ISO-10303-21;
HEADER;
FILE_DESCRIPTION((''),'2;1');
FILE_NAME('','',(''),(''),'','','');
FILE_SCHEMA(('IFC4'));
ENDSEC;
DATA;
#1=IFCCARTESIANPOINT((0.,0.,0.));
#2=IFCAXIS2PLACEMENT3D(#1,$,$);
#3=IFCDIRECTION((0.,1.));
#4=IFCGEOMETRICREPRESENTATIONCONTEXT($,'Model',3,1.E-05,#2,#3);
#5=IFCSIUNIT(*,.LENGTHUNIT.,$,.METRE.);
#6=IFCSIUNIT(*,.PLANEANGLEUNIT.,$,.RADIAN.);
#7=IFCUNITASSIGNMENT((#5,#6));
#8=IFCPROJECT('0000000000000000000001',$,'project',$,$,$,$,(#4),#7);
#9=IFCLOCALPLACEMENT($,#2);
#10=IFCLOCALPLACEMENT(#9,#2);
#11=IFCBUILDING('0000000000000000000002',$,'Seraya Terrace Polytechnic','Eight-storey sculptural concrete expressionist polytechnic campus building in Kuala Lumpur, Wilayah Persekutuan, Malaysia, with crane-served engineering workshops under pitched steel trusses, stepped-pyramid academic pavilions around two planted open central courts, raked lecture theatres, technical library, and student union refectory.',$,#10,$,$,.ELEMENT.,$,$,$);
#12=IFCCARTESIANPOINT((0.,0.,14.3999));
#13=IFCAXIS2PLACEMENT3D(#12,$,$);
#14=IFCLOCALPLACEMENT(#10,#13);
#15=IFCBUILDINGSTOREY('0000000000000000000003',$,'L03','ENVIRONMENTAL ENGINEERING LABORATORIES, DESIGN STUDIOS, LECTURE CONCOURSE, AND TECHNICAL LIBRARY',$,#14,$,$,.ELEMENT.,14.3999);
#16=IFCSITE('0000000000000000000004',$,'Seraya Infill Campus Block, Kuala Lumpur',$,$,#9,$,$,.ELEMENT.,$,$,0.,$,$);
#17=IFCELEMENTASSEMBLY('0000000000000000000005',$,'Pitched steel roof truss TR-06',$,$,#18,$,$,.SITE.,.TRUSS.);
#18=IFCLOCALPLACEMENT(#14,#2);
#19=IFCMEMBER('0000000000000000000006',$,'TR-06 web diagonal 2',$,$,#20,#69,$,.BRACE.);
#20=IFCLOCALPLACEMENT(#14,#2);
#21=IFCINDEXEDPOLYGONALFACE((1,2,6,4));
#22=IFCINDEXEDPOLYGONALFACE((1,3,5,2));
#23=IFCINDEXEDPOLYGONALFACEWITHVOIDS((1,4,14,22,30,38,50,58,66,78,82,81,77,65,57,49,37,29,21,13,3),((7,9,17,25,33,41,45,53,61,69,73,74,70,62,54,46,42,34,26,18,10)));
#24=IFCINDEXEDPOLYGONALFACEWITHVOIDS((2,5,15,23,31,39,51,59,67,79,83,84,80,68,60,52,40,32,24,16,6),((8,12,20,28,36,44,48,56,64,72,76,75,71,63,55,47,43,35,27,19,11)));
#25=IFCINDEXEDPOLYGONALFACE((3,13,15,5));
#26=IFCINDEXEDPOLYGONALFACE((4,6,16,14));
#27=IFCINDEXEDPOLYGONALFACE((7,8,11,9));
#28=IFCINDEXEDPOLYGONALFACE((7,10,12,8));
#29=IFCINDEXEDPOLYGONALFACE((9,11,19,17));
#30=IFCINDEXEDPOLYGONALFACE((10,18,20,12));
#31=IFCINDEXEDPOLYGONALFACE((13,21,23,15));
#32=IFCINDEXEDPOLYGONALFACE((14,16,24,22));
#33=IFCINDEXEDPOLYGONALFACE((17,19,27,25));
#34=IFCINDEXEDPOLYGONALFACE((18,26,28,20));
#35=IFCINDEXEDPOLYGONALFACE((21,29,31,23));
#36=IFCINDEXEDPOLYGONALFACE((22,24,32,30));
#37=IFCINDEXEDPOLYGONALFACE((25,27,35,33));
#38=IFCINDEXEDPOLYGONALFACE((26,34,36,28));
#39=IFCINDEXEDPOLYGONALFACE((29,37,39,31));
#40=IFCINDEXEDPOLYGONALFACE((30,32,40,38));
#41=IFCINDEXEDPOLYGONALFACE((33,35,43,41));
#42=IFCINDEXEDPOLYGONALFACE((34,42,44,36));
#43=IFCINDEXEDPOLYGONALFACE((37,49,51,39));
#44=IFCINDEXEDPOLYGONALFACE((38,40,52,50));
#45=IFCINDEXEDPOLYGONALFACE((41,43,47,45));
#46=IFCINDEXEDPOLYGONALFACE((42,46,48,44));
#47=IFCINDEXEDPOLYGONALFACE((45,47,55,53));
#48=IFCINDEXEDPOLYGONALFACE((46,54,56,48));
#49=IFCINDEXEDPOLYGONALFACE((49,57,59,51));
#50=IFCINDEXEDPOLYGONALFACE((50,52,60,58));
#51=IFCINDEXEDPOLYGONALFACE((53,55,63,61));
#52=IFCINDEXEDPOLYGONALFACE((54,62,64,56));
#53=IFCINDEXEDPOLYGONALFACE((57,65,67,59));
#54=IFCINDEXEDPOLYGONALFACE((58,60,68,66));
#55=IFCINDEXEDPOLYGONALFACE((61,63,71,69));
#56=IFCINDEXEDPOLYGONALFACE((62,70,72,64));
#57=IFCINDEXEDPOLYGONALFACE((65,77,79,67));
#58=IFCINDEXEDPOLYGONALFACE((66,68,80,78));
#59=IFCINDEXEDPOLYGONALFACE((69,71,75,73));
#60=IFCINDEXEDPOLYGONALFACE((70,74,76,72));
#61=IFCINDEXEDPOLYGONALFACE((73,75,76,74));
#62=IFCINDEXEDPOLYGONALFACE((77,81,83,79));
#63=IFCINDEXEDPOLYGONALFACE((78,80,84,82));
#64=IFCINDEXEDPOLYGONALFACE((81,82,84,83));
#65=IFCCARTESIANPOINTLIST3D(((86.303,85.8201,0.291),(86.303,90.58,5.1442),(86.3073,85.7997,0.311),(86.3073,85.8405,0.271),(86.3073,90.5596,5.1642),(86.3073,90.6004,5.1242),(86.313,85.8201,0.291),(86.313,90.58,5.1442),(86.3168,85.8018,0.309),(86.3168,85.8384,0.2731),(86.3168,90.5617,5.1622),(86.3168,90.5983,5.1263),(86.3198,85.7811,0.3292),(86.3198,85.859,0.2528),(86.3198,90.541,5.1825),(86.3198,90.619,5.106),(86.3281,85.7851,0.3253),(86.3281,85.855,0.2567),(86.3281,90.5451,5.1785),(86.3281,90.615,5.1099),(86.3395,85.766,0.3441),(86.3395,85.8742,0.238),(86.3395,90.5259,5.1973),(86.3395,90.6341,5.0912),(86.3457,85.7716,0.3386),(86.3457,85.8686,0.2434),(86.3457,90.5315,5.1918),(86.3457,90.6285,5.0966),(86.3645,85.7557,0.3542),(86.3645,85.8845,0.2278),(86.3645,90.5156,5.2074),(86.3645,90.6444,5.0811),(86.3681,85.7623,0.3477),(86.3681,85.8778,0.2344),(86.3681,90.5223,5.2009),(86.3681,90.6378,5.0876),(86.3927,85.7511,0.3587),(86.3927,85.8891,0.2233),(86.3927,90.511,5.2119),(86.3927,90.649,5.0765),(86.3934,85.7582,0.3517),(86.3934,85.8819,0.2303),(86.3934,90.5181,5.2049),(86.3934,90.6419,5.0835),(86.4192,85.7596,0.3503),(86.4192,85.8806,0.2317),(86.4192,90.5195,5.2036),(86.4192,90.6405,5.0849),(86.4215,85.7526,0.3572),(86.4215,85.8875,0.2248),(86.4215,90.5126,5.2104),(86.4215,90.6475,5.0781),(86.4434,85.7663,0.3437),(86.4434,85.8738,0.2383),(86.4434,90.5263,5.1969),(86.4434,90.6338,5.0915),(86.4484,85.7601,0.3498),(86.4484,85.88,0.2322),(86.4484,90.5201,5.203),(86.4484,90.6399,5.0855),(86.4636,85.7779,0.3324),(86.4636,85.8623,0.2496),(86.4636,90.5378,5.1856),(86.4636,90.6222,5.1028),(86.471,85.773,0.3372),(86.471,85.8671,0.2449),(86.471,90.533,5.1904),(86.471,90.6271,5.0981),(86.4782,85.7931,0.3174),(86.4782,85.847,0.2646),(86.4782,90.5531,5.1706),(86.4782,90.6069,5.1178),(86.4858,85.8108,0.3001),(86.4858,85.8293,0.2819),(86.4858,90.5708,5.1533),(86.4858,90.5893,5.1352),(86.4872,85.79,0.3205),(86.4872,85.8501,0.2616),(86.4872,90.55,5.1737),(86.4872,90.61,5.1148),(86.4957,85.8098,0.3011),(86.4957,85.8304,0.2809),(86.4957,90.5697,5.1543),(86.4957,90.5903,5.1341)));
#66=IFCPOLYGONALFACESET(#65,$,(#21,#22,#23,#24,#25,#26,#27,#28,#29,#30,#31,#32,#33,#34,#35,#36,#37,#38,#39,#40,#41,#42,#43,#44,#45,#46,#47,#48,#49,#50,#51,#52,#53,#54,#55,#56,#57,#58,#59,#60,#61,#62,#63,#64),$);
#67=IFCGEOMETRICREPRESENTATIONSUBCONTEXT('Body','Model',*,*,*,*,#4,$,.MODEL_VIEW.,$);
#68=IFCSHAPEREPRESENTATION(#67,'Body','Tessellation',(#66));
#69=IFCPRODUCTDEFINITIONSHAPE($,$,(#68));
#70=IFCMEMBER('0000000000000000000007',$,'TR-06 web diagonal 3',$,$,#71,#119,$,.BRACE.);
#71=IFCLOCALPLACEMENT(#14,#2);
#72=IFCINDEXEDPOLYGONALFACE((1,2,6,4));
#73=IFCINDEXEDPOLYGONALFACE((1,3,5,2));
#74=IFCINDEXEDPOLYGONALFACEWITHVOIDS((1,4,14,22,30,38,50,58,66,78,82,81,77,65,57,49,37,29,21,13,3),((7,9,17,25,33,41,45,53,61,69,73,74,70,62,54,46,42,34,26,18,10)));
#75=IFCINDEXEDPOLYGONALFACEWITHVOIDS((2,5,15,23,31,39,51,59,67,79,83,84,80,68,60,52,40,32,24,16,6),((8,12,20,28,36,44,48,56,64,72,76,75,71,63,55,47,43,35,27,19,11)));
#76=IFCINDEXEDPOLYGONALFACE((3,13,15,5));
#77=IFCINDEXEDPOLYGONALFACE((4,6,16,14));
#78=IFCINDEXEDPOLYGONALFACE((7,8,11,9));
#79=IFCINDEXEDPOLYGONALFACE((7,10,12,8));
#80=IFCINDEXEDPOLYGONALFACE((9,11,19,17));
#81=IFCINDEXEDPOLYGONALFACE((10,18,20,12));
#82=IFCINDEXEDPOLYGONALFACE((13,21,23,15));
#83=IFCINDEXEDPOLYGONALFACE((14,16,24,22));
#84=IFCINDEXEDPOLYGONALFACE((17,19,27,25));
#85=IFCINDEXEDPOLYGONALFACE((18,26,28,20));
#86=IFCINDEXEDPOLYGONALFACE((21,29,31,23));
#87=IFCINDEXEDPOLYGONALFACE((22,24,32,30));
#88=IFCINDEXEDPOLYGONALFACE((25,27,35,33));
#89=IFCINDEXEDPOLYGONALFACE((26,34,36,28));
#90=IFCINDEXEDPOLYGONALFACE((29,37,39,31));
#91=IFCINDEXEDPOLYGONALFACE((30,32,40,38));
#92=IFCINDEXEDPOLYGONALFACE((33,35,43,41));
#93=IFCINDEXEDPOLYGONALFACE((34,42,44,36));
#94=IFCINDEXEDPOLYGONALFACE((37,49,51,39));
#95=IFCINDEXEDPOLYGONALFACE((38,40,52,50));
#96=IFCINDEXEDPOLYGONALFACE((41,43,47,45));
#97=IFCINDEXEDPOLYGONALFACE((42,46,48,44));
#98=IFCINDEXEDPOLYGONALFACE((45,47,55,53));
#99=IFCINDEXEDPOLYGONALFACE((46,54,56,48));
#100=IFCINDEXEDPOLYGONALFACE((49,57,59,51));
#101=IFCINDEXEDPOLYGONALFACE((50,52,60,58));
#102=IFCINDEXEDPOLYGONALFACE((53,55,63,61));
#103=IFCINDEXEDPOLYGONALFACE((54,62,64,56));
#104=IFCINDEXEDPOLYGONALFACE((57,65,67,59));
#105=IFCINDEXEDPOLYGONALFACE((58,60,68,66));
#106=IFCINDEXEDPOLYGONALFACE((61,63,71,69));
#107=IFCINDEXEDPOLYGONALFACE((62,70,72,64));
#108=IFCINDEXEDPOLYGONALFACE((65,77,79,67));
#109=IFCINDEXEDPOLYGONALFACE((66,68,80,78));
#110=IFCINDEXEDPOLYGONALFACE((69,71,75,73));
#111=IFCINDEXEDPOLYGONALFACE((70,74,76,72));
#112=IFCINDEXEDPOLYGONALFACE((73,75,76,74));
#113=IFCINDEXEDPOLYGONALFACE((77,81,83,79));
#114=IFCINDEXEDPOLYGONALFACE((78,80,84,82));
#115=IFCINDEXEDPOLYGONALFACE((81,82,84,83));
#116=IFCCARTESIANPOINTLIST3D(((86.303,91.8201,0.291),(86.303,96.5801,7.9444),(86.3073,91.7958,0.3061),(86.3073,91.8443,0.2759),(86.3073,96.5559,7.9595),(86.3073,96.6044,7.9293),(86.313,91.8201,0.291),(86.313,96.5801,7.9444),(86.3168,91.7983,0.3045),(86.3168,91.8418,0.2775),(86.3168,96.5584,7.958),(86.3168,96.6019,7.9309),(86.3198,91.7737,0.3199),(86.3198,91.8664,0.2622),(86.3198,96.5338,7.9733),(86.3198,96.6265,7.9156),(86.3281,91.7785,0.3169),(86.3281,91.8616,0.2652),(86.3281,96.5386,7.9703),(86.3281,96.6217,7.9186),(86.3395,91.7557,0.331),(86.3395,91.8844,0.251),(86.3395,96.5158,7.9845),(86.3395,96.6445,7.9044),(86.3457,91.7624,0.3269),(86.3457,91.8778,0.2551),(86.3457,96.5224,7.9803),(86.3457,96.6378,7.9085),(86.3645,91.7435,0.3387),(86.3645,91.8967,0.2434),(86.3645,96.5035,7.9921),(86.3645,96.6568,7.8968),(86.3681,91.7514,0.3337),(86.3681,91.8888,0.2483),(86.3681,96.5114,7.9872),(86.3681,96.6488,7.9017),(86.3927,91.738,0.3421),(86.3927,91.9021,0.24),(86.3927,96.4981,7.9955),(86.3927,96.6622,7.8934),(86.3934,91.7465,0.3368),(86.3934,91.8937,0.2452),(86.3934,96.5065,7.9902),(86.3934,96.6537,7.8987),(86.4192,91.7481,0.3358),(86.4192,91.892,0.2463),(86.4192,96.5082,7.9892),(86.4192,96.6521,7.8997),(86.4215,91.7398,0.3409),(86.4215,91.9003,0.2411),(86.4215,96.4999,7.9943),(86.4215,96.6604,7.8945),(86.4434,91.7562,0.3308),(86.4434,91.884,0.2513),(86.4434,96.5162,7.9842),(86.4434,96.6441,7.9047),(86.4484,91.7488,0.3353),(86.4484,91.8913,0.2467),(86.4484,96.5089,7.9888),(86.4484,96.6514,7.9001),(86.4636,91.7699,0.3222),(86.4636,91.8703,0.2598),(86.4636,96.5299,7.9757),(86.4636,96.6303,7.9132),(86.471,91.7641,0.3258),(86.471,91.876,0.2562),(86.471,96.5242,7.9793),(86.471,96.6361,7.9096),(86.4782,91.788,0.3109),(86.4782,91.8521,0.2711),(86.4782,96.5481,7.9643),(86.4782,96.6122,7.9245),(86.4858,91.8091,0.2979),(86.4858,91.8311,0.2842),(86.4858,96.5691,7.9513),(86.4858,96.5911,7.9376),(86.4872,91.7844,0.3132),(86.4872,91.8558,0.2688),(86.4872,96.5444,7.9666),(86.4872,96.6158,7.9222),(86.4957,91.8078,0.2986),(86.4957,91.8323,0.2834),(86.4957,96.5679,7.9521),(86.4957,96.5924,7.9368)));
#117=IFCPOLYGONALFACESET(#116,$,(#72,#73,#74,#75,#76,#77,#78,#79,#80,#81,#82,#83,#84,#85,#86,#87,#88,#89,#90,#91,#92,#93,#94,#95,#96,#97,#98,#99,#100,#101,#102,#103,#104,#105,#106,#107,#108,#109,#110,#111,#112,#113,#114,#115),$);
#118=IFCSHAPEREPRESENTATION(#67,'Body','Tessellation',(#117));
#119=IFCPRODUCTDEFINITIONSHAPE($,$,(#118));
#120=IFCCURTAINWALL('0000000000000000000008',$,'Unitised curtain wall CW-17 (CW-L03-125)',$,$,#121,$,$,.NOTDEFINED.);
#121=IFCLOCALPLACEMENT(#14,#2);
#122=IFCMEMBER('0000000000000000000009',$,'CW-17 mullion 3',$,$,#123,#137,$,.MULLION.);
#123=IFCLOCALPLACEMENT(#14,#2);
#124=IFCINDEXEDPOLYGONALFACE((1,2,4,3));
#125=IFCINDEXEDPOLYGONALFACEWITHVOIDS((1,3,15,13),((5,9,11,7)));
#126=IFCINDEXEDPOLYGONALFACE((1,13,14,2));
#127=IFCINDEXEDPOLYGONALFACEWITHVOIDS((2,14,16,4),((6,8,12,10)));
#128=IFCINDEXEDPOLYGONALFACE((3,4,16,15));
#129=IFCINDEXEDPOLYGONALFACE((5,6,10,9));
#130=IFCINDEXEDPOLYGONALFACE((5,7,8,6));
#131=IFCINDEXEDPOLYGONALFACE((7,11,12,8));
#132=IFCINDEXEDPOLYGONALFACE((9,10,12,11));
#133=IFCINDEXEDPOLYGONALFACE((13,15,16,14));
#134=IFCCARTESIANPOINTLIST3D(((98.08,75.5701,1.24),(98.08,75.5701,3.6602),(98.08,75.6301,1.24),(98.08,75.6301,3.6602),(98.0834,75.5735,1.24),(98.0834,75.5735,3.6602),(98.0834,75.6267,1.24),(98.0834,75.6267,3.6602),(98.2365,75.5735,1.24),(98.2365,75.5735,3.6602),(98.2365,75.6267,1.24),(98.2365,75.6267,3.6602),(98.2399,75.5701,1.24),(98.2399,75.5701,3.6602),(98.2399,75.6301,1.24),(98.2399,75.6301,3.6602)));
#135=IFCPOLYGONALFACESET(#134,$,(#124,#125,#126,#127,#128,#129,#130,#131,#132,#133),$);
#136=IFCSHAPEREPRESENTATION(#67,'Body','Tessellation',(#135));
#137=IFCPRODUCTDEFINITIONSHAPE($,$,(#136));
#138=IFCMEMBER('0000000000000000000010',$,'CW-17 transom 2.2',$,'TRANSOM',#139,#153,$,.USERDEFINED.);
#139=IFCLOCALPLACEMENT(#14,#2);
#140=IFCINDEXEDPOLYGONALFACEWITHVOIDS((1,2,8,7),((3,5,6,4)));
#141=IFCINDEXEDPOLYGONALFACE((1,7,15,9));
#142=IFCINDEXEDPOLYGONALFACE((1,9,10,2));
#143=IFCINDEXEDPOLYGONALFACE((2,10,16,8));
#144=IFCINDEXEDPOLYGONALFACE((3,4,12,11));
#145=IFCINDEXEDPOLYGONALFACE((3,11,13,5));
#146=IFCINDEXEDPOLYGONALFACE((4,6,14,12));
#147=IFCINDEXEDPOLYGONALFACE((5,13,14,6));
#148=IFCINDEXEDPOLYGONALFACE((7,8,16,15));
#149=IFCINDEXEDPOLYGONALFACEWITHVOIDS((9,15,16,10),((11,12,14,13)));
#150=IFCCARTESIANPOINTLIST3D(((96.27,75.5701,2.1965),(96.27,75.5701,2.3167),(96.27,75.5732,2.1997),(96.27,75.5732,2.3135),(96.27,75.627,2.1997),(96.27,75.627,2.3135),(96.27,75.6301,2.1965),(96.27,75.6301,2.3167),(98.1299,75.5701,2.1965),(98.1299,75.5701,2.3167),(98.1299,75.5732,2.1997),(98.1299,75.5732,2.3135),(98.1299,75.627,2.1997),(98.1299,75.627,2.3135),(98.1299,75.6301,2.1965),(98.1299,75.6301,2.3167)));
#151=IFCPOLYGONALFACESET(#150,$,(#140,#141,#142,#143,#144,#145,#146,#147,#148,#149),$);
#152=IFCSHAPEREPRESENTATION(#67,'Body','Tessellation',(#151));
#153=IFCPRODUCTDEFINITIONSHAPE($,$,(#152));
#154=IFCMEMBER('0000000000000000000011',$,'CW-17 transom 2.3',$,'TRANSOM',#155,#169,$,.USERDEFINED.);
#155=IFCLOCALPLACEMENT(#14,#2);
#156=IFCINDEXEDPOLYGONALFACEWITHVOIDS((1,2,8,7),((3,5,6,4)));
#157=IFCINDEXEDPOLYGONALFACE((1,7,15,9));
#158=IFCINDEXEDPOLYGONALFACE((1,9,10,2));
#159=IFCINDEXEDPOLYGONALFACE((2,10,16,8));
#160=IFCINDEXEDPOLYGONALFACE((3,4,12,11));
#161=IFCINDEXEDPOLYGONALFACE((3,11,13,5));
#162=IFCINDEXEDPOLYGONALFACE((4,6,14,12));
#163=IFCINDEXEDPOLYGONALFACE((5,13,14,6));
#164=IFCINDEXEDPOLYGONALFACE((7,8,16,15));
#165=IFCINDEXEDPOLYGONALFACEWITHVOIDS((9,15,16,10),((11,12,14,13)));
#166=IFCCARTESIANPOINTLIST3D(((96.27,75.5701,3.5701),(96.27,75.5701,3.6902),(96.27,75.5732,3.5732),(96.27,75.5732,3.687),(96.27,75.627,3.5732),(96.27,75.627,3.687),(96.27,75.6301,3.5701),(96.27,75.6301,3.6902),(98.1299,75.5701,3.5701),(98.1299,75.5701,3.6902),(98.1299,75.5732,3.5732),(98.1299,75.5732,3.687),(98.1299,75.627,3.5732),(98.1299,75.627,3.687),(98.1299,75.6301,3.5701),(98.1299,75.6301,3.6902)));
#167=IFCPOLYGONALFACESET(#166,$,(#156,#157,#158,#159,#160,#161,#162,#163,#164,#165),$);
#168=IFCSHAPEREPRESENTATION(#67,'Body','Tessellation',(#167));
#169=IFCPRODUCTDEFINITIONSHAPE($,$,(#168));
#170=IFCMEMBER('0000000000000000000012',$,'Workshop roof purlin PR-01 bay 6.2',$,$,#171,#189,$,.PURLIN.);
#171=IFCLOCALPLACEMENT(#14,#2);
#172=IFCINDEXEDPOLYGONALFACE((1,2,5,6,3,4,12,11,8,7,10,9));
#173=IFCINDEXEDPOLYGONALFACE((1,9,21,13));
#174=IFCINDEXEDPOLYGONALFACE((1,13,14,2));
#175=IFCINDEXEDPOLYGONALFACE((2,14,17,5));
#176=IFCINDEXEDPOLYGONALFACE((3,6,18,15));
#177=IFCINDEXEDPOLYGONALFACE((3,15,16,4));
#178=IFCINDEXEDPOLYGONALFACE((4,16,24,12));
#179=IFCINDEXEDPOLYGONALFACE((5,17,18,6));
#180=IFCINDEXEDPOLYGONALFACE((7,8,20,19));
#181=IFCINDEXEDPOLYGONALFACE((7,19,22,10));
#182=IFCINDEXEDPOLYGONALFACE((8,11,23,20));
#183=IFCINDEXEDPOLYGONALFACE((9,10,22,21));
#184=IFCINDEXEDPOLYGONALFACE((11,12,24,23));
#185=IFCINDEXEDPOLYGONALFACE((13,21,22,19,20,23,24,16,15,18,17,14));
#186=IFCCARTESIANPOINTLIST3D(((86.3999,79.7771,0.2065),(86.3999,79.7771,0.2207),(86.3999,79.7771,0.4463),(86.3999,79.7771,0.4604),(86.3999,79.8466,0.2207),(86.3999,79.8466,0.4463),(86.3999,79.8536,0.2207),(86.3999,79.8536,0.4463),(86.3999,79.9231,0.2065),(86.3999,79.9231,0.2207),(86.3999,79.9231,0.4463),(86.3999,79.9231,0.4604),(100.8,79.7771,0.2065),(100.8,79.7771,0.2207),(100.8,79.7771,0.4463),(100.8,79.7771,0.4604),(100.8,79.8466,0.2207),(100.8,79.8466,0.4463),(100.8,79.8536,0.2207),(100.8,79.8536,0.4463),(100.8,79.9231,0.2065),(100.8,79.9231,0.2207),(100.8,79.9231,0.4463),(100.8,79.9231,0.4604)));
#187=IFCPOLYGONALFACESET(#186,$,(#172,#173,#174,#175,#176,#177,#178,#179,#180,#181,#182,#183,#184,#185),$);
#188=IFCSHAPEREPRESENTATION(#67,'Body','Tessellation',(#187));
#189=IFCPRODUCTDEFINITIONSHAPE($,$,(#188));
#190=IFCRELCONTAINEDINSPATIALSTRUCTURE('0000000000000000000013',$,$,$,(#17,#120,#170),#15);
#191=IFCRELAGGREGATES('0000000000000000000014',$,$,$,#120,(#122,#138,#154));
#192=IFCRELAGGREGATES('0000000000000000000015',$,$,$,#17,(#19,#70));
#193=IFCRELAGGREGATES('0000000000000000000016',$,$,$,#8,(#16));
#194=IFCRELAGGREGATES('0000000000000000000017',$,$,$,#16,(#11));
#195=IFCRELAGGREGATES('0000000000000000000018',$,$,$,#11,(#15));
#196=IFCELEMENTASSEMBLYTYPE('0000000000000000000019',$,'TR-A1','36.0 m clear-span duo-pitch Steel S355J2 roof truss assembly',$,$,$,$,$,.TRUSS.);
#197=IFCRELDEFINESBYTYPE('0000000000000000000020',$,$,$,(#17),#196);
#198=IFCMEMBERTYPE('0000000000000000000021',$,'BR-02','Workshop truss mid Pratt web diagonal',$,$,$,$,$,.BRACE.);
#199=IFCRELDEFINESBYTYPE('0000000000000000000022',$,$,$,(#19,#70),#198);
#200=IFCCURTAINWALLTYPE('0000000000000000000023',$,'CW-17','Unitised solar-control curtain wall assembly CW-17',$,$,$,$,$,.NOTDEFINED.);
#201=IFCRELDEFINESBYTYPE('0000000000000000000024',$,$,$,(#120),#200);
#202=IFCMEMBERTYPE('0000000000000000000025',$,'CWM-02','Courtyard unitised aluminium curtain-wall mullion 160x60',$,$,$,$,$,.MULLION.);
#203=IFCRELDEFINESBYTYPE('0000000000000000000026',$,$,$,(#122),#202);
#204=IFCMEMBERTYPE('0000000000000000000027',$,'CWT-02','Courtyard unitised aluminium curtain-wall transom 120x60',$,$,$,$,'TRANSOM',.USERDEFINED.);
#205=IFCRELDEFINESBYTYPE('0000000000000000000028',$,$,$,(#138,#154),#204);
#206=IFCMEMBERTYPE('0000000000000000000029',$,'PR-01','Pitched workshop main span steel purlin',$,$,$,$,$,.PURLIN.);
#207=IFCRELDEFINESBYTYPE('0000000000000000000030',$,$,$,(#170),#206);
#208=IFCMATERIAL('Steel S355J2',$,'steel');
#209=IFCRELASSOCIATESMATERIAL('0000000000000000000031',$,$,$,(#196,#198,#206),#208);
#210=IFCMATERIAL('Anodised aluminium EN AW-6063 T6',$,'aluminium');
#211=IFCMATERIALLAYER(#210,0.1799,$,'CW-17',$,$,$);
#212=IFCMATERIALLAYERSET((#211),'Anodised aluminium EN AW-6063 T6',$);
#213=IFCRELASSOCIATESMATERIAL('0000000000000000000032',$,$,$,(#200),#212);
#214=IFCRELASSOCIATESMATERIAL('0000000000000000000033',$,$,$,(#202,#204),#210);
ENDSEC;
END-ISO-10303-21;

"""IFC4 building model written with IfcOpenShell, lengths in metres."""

from ifc_helpers import new_model, si_unit, direction, frame, origin, origin_2d, place, context, subcontext, project, spatial, hollow_rectangle, hollow_circle, i_section, extrude, material, layer, layer_set, material_profile, profile_set, type_object, element, aggregate, save


model = new_model("IFC4")

# Units and contexts
model_context = context("Model", 3, precision=1e-05, world=origin(), true_north=direction((0.0, 1.0)))
body_context = subcontext(model_context, "Body", "Model", "MODEL_VIEW")
ifc_project = project(units=[si_unit("LENGTHUNIT", "METRE"), si_unit("PLANEANGLEUNIT", "RADIAN")], contexts=[model_context])

# Site, building, storey
site_placement = place(None, origin())
site = spatial("IfcSite", under=ifc_project, at=site_placement, Name="Seraya Infill Campus Block, Kuala Lumpur", CompositionType="ELEMENT", RefElevation=0.0)
building_placement = place(site_placement, origin())
building = spatial("IfcBuilding", under=site, at=building_placement, Name="Seraya Terrace Polytechnic", Description="Eight-storey sculptural concrete expressionist polytechnic campus building in Kuala Lumpur, Wilayah Persekutuan, Malaysia, with crane-served engineering workshops under pitched steel trusses, stepped-pyramid academic pavilions around two planted open central courts, raked lecture theatres, technical library, and student union refectory.", CompositionType="ELEMENT")
storey_placement = place(building_placement, frame((0.0, 0.0, 14.3999)))
storey = spatial("IfcBuildingStorey", under=building, at=storey_placement, Name="L03", Description="ENVIRONMENTAL ENGINEERING LABORATORIES, DESIGN STUDIOS, LECTURE CONCOURSE, AND TECHNICAL LIBRARY", CompositionType="ELEMENT", Elevation=14.3999)

# Element assembly
ifc_material_1 = material(Name="Steel S355J2", Category="steel")
element_assembly_type = type_object("IfcElementAssemblyType", Name="TR-A1", Description="36.0 m clear-span duo-pitch Steel S355J2 roof truss assembly", PredefinedType="TRUSS", material=ifc_material_1)
assembly_placement = place(storey_placement, origin())
assembly = element("IfcElementAssembly", 1, at=assembly_placement, inside=storey, type_object=element_assembly_type, Name="Pitched steel roof truss TR-06", AssemblyPlace="SITE", PredefinedType="TRUSS")

# Members
ifc_material_profile_1 = material_profile(ifc_material_1, hollow_circle(Radius=0.0969, WallThickness=0.01, at=origin_2d()), Name="CHS 193.7x10.0")
ifc_profile_set_1 = profile_set([ifc_material_profile_1], Name="Steel S355J2")
member_type_1 = type_object("IfcMemberType", Name="BR-02", Description="Workshop truss mid Pratt web diagonal", PredefinedType="BRACE", material=ifc_profile_set_1)
member_1_placement = place(storey_placement, frame((86.3999, 85.8201, 0.291), z_axis=(0.0, 0.700214, 0.713933), x_axis=(-1.0, 0.0, 0.0)))
member_1 = element("IfcMember", 2, at=member_1_placement, type_object=member_type_1, Name="TR-06 web diagonal 2", PredefinedType="BRACE", context=body_context, shape_type="SweptSolid", body=[
    extrude(hollow_circle(Radius=0.0969, WallThickness=0.01, at=origin_2d()), origin(), (0.0, 0.0, 1.0), 6.7979),
])
member_2_placement = place(storey_placement, frame((86.3999, 91.8201, 0.291), z_axis=(0.0, 0.528137, 0.849159), x_axis=(-1.0, 0.0, 0.0)))
member_2 = element("IfcMember", 3, at=member_2_placement, type_object=member_type_1, Name="TR-06 web diagonal 3", PredefinedType="BRACE", context=body_context, shape_type="SweptSolid", body=[
    extrude(hollow_circle(Radius=0.0969, WallThickness=0.01, at=origin_2d()), origin(), (0.0, 0.0, 1.0), 9.0129),
])

# Curtain wall, members
ifc_material_2 = material(Name="Anodised aluminium EN AW-6063 T6", Category="aluminium")
ifc_layer_1 = layer(ifc_material_2, 0.1799, Name="CW-17")
ifc_layer_set_1 = layer_set([ifc_layer_1], Name="Anodised aluminium EN AW-6063 T6")
curtain_wall_type = type_object("IfcCurtainWallType", Name="CW-17", Description="Unitised solar-control curtain wall assembly CW-17", PredefinedType="NOTDEFINED", material=ifc_layer_set_1)
curtain_wall_placement = place(storey_placement, origin())
curtain_wall = element("IfcCurtainWall", 4, at=curtain_wall_placement, inside=storey, type_object=curtain_wall_type, Name="Unitised curtain wall CW-17 (CW-L03-125)", PredefinedType="NOTDEFINED")
ifc_material_profile_2 = material_profile(ifc_material_2, hollow_rectangle(XDim=0.0601, YDim=0.1599, WallThickness=0.0034, at=origin_2d()), Name="RHS 160x60x3.5")
ifc_profile_set_2 = profile_set([ifc_material_profile_2], Name="Anodised aluminium EN AW-6063 T6")
member_type_2 = type_object("IfcMemberType", Name="CWM-02", Description="Courtyard unitised aluminium curtain-wall mullion 160x60", PredefinedType="MULLION", material=ifc_profile_set_2)
member_3_placement = place(storey_placement, frame((98.1599, 75.6001, 1.24), z_axis=(0.0, 0.0, 1.0), x_axis=(0.0, 1.0, 0.0)))
member_3 = element("IfcMember", 5, at=member_3_placement, type_object=member_type_2, Name="CW-17 mullion 3", PredefinedType="MULLION", context=body_context, shape_type="SweptSolid", body=[
    extrude(hollow_rectangle(XDim=0.0601, YDim=0.1599, WallThickness=0.0034, at=origin_2d()), origin(), (0.0, 0.0, 1.0), 2.4202),
])
ifc_material_profile_3 = material_profile(ifc_material_2, hollow_rectangle(XDim=0.0601, YDim=0.1201, WallThickness=0.0032, at=origin_2d()), Name="RHS 120x60x3.2")
ifc_profile_set_3 = profile_set([ifc_material_profile_3], Name="Anodised aluminium EN AW-6063 T6")
member_type_3 = type_object("IfcMemberType", Name="CWT-02", Description="Courtyard unitised aluminium curtain-wall transom 120x60", ElementType="TRANSOM", PredefinedType="USERDEFINED", material=ifc_profile_set_3)
member_4_placement = place(storey_placement, frame((96.27, 75.6001, 2.2566), z_axis=(1.0, 0.0, 0.0), x_axis=(0.0, 1.0, 0.0)))
member_4 = element("IfcMember", 6, at=member_4_placement, type_object=member_type_3, Name="CW-17 transom 2.2", ObjectType="TRANSOM", PredefinedType="USERDEFINED", context=body_context, shape_type="SweptSolid", body=[
    extrude(hollow_rectangle(XDim=0.0601, YDim=0.1201, WallThickness=0.0032, at=origin_2d()), origin(), (0.0, 0.0, 1.0), 1.8599),
])
member_5_placement = place(storey_placement, frame((96.27, 75.6001, 3.6301), z_axis=(1.0, 0.0, 0.0), x_axis=(0.0, 1.0, 0.0)))
member_5 = element("IfcMember", 7, at=member_5_placement, type_object=member_type_3, Name="CW-17 transom 2.3", ObjectType="TRANSOM", PredefinedType="USERDEFINED", context=body_context, shape_type="SweptSolid", body=[
    extrude(hollow_rectangle(XDim=0.0601, YDim=0.1201, WallThickness=0.0032, at=origin_2d()), origin(), (0.0, 0.0, 1.0), 1.8599),
])

# Member
ifc_material_profile_4 = material_profile(ifc_material_1, i_section(OverallWidth=0.146, OverallDepth=0.2539, WebThickness=0.0071, FlangeThickness=0.0142, at=origin_2d()), Name="UKB 254x146x7.2x14.2")
ifc_profile_set_4 = profile_set([ifc_material_profile_4], Name="Steel S355J2")
member_type_4 = type_object("IfcMemberType", Name="PR-01", Description="Pitched workshop main span steel purlin", PredefinedType="PURLIN", material=ifc_profile_set_4)
for number, where, z_axis, x_axis, name in (
    (8, (86.3999, 79.8501, 0.3335), (1.0, 0.0, 0.0), (0.0, 1.0, 0.0), "Workshop roof purlin PR-01 bay 6.2"),
):
    element("IfcMember", number, at=place(storey_placement, frame(where, z_axis=z_axis, x_axis=x_axis)), inside=storey, type_object=member_type_4, Name=name, PredefinedType="PURLIN", context=body_context, shape_type="SweptSolid", body=[
        extrude(i_section(OverallWidth=0.146, OverallDepth=0.2539, WebThickness=0.0071, FlangeThickness=0.0142, at=origin_2d()), origin(), (0.0, 0.0, 1.0), 14.4001),
    ])

aggregate(curtain_wall, [member_3, member_4, member_5])
aggregate(assembly, [member_1, member_2])

save(model, "model.ifc")
